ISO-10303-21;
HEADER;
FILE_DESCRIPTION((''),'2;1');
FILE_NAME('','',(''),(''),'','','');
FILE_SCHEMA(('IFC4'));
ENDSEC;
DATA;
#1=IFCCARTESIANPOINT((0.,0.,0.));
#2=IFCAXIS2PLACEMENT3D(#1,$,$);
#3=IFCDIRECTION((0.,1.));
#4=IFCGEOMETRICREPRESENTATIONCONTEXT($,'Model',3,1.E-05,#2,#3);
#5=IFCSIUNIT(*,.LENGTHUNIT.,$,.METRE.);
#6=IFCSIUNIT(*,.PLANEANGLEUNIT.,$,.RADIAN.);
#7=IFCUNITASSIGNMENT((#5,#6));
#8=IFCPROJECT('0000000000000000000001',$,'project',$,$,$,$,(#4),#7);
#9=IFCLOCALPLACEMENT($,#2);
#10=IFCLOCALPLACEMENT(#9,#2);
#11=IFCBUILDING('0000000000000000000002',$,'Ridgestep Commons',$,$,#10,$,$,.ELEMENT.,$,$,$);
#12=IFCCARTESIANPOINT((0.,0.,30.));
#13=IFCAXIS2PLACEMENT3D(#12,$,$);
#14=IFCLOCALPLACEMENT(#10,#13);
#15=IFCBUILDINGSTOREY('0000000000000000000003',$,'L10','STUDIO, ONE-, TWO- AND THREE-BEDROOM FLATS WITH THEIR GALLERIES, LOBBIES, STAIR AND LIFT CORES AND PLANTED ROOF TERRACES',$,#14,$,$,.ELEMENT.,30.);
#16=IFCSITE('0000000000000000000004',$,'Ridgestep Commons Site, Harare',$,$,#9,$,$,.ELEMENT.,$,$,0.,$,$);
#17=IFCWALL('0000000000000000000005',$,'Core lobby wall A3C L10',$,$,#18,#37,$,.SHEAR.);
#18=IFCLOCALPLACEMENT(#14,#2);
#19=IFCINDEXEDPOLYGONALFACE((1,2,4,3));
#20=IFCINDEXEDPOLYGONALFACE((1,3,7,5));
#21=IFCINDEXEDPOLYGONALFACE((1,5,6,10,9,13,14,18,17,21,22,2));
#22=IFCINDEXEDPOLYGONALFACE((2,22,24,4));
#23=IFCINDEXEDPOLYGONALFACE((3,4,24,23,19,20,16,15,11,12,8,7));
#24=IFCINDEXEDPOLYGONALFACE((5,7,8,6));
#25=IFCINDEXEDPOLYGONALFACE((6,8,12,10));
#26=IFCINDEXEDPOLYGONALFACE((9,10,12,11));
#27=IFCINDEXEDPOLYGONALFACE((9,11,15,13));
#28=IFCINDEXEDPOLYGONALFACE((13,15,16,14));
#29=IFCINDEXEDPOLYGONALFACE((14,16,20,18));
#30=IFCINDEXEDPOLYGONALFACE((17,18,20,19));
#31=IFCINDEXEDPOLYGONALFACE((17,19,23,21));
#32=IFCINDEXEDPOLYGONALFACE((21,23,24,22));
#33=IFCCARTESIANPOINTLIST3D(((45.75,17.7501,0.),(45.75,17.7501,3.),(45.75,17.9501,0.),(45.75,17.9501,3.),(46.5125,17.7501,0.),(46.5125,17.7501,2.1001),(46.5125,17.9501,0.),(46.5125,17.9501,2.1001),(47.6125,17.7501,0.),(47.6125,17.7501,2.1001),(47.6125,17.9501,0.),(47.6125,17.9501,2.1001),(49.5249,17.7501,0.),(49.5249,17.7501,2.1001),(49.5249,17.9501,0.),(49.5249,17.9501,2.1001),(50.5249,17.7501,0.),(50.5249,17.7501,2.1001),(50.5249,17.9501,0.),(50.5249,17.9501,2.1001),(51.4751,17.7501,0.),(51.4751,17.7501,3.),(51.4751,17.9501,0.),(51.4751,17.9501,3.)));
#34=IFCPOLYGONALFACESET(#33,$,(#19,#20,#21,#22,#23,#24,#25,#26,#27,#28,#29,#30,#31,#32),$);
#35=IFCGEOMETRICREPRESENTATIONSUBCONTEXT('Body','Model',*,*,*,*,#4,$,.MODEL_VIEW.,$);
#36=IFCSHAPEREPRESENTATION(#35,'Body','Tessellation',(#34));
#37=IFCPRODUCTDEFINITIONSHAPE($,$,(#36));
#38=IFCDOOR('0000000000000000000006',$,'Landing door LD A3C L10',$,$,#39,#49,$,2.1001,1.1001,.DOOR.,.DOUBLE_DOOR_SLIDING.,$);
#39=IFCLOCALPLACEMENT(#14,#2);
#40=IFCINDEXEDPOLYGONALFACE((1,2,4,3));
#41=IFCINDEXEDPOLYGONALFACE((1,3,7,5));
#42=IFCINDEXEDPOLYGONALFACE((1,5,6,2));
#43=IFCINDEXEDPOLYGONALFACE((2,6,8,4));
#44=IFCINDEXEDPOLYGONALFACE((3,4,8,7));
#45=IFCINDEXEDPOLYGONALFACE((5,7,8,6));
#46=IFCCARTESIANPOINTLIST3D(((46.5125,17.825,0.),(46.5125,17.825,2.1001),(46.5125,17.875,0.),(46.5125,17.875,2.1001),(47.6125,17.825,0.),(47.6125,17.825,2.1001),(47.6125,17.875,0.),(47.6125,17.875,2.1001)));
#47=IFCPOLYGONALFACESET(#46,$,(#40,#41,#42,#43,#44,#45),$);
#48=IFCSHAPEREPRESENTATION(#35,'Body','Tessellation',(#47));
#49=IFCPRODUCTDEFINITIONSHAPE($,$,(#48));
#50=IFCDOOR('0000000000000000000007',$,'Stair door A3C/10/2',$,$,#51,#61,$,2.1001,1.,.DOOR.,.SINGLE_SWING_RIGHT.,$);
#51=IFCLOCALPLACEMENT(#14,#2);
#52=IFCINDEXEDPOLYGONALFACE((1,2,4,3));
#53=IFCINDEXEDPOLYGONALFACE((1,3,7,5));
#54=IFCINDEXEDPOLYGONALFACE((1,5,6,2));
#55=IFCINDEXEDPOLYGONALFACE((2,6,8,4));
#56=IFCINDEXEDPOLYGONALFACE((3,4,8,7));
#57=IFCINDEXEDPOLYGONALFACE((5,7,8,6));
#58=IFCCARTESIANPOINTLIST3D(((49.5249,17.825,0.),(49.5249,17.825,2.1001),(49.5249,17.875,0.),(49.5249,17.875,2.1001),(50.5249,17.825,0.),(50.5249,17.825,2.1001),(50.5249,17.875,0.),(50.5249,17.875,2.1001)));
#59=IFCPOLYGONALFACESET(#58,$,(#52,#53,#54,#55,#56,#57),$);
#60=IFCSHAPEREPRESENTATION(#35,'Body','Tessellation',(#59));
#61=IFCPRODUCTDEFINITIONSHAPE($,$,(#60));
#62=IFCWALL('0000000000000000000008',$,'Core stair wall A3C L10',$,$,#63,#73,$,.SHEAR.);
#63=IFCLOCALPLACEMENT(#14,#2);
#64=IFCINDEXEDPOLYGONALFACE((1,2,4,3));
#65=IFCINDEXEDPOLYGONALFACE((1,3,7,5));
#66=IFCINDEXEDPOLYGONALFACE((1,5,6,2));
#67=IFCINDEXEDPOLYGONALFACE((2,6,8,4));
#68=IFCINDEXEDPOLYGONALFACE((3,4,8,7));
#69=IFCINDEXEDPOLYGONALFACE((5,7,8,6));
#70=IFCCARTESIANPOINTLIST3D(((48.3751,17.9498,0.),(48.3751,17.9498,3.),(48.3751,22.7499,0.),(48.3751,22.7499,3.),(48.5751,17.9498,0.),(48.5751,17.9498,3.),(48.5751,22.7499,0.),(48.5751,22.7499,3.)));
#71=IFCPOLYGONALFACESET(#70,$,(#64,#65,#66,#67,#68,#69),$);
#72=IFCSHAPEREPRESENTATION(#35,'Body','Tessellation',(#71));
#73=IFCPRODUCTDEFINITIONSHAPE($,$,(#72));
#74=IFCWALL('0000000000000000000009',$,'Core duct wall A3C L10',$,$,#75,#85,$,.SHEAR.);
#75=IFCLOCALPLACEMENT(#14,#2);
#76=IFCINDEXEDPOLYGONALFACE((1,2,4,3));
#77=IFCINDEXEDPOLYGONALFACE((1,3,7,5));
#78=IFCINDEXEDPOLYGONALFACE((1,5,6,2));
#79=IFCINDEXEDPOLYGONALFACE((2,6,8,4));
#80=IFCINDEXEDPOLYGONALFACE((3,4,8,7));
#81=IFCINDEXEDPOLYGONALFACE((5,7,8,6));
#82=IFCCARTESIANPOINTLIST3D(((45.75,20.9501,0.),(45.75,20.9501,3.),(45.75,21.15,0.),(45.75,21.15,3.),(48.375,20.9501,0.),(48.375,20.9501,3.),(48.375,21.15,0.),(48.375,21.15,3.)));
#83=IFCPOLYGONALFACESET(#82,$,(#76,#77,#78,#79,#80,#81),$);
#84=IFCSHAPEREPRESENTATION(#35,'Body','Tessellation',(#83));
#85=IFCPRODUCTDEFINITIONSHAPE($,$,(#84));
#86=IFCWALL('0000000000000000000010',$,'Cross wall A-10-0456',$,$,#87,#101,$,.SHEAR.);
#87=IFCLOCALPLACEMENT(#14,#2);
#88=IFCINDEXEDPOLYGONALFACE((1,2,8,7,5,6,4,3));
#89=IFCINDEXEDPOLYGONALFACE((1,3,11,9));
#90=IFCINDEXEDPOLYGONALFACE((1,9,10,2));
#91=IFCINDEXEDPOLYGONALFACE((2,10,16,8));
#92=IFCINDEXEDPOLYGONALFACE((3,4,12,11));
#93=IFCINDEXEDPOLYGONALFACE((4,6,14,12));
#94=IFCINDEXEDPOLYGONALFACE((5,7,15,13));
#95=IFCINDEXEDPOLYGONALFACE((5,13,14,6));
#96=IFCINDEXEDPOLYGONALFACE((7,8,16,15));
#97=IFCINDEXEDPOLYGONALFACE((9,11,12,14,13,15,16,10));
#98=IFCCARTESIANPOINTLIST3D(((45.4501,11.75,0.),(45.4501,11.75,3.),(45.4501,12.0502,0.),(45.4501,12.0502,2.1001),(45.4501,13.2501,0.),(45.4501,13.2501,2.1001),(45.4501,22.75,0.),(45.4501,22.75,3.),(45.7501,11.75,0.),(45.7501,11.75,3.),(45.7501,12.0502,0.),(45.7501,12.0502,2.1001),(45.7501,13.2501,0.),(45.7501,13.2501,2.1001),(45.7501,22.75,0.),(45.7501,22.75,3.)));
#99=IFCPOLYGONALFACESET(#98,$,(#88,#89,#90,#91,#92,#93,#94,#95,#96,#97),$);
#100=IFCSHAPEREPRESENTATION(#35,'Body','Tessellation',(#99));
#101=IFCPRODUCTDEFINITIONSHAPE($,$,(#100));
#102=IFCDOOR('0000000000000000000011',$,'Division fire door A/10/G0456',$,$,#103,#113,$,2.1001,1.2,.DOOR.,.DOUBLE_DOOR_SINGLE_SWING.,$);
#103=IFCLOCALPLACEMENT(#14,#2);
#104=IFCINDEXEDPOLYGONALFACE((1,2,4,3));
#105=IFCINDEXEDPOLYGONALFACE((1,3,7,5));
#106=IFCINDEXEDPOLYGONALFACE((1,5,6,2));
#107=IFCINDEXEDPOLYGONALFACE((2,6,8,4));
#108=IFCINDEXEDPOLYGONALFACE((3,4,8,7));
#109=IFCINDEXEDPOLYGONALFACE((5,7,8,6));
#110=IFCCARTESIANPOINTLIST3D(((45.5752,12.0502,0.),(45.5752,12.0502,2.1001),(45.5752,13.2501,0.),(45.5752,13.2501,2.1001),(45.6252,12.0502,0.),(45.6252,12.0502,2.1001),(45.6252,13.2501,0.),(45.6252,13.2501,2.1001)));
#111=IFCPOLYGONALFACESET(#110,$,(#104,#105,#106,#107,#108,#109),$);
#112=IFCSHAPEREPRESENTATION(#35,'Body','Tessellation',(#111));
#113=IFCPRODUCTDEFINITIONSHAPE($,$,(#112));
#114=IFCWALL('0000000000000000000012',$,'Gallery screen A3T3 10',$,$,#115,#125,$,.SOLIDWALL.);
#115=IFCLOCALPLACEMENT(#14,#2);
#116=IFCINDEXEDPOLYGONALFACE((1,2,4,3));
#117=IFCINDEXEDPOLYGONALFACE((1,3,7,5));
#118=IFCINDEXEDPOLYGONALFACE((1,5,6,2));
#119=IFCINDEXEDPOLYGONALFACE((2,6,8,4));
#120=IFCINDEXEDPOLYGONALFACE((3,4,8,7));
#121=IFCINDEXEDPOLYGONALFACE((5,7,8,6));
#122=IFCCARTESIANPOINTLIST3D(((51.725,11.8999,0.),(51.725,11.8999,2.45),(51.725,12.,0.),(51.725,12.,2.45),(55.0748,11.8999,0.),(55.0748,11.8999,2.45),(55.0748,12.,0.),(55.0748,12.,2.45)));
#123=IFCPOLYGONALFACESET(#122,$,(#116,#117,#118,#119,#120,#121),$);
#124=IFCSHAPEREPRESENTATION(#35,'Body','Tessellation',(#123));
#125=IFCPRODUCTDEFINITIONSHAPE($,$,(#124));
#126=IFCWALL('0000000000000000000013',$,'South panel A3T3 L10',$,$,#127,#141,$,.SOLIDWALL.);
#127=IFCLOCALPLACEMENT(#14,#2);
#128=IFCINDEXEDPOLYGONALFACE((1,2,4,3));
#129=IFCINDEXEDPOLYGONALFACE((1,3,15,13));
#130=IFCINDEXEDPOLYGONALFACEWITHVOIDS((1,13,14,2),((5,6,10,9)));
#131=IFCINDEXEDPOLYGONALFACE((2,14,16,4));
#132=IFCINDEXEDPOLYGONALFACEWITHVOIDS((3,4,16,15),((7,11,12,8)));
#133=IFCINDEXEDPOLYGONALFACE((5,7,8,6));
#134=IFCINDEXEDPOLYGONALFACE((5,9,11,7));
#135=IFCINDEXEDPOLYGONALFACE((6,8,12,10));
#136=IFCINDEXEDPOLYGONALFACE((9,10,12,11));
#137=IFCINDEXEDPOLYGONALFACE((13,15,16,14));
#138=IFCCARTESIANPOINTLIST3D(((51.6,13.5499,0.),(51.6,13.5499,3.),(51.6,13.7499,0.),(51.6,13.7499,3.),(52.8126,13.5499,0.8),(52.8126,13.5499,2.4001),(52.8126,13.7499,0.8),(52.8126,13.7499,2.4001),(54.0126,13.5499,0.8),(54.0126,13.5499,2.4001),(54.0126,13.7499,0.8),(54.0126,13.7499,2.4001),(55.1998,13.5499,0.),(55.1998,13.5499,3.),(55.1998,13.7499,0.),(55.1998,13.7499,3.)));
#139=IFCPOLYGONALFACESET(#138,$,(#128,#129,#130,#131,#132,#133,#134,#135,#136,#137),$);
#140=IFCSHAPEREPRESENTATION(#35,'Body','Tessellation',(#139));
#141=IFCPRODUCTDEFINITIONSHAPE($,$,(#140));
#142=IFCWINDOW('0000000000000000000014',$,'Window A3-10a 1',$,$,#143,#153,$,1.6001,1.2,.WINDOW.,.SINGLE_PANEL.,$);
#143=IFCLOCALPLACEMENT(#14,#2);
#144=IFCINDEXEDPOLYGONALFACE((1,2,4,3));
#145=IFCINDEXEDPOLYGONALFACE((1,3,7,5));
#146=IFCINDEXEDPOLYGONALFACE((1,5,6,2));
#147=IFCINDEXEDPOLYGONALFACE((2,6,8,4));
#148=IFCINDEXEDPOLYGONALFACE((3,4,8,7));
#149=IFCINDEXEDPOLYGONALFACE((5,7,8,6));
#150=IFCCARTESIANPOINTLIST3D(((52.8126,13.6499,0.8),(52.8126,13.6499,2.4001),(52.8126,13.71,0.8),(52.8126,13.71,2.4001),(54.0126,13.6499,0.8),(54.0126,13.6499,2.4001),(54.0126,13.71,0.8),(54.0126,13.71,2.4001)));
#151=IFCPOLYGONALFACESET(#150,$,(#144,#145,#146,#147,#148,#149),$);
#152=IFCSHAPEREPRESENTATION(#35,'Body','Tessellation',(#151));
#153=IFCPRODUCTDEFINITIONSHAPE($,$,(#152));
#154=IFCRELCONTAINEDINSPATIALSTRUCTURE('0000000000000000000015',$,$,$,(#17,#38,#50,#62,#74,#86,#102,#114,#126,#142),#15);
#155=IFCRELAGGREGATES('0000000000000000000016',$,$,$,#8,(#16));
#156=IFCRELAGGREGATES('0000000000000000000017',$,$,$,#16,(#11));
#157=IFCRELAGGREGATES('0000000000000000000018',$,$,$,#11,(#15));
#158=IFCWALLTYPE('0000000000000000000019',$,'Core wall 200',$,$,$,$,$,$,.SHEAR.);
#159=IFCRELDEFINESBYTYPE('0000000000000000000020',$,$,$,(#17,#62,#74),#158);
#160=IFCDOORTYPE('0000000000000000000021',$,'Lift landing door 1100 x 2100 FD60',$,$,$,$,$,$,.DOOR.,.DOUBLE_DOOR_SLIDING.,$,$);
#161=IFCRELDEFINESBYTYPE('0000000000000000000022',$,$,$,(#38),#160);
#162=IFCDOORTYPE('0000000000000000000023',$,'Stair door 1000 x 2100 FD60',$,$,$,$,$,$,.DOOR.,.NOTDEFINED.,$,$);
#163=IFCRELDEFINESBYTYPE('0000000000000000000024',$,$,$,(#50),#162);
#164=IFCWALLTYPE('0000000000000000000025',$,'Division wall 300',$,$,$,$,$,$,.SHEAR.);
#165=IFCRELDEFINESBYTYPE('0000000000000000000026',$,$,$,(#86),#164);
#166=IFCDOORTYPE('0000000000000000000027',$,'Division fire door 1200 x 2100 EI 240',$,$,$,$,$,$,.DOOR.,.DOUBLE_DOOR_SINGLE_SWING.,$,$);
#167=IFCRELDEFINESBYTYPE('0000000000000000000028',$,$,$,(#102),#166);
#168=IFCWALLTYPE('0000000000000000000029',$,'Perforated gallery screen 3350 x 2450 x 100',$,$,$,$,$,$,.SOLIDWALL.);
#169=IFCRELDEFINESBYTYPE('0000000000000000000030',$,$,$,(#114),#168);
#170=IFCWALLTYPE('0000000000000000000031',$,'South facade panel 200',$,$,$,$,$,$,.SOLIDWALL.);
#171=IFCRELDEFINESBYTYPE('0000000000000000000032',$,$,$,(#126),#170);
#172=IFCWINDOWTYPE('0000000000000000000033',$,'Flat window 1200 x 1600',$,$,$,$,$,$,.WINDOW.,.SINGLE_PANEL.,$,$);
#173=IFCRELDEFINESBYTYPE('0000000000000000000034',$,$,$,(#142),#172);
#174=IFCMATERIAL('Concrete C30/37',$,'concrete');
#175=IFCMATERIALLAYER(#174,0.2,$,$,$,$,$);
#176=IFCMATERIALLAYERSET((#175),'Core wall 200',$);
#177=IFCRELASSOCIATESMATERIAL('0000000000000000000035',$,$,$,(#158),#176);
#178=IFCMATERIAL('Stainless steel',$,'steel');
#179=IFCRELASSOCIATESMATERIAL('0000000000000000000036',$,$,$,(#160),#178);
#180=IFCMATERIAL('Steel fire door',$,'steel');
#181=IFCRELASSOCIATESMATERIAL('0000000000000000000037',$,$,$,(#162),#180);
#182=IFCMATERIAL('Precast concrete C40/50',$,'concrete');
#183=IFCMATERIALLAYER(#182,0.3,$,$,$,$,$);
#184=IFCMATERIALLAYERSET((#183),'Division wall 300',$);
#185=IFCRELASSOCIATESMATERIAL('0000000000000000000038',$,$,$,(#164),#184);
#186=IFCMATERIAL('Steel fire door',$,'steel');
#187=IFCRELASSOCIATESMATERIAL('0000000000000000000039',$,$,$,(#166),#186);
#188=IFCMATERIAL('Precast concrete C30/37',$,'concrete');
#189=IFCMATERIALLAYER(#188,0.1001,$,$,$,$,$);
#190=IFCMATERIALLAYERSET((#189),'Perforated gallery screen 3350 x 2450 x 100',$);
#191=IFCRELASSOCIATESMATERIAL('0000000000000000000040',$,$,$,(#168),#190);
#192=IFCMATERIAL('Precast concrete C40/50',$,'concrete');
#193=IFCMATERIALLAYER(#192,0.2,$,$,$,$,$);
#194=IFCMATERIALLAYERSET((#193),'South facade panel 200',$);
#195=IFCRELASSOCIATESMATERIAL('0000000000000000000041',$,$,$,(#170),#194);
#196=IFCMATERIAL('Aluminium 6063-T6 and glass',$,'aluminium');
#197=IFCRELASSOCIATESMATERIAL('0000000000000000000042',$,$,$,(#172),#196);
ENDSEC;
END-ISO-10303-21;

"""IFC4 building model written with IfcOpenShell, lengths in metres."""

from ifc_helpers import new_model, si_unit, direction, frame, frame_2d, origin, place, context, subcontext, project, spatial, rectangle, extrude, material, layer, layer_set, type_object, element, fill, save


model = new_model("IFC4")

# Units and contexts
model_context = context("Model", 3, precision=1e-05, world=origin(), true_north=direction((0.0, 1.0)))
body_context = subcontext(model_context, "Body", "Model", "MODEL_VIEW")
ifc_project = project(units=[si_unit("LENGTHUNIT", "METRE"), si_unit("PLANEANGLEUNIT", "RADIAN")], contexts=[model_context])

# Site, building, storey
site_placement = place(None, origin())
site = spatial("IfcSite", under=ifc_project, at=site_placement, Name="Ridgestep Commons Site, Harare", CompositionType="ELEMENT", RefElevation=0.0)
building_placement = place(site_placement, origin())
building = spatial("IfcBuilding", under=site, at=building_placement, Name="Ridgestep Commons", CompositionType="ELEMENT")
storey_placement = place(building_placement, frame((0.0, 0.0, 30.0)))
storey = spatial("IfcBuildingStorey", under=building, at=storey_placement, Name="L10", Description="STUDIO, ONE-, TWO- AND THREE-BEDROOM FLATS WITH THEIR GALLERIES, LOBBIES, STAIR AND LIFT CORES AND PLANTED ROOF TERRACES", CompositionType="ELEMENT", Elevation=30.0)

# Wall, openings, doors
ifc_material_1 = material(Name="Concrete C30/37", Category="concrete")
ifc_layer_1 = layer(ifc_material_1, 0.2)
ifc_layer_set_1 = layer_set([ifc_layer_1], Name="Core wall 200")
wall_type_1 = type_object("IfcWallType", Name="Core wall 200", PredefinedType="SHEAR", material=ifc_layer_set_1)
wall_1_placement = place(storey_placement, frame((45.75, 17.8501, 0.0), z_axis=(0.0, 0.0, 1.0), x_axis=(1.0, 0.0, 0.0)))
wall_1 = element("IfcWall", 1, at=wall_1_placement, inside=storey, type_object=wall_type_1, Name="Core lobby wall A3C L10", PredefinedType="SHEAR", context=body_context, shape_type="SweptSolid", body=[
    extrude(rectangle(XDim=5.7251, YDim=0.2, at=frame_2d((2.8625, 0.0))), origin(), (0.0, 0.0, 1.0), 3.0),
])
opening_1_placement = place(wall_1_placement, frame((3.7749, 0.0, 0.0)))
opening_1 = element("IfcOpeningElement", 2, at=opening_1_placement, cuts=wall_1, PredefinedType="OPENING", context=body_context, shape_type="SweptSolid", body=[
    extrude(rectangle(XDim=1.0, YDim=2.1001, at=frame_2d((0.5, 1.05))), frame((0.0, 0.1099, 0.0), z_axis=(0.0, -1.0, 0.0), x_axis=(1.0, 0.0, 0.0)), (0.0, 0.0, 1.0), 0.22),
])
opening_2_placement = place(wall_1_placement, frame((0.7625, 0.0, 0.0)))
opening_2 = element("IfcOpeningElement", 3, at=opening_2_placement, cuts=wall_1, PredefinedType="OPENING", context=body_context, shape_type="SweptSolid", body=[
    extrude(rectangle(XDim=1.1001, YDim=2.1001, at=frame_2d((0.55, 1.05))), frame((0.0, 0.1099, 0.0), z_axis=(0.0, -1.0, 0.0), x_axis=(1.0, 0.0, 0.0)), (0.0, 0.0, 1.0), 0.22),
])
ifc_material_2 = material(Name="Stainless steel", Category="steel")
door_type_1 = type_object("IfcDoorType", Name="Lift landing door 1100 x 2100 FD60", OperationType="DOUBLE_DOOR_SLIDING", PredefinedType="DOOR", material=ifc_material_2)
door_1_placement = place(opening_2_placement, origin())
door_1 = element("IfcDoor", 4, at=door_1_placement, inside=storey, type_object=door_type_1, Name="Landing door LD A3C L10", OperationType="DOUBLE_DOOR_SLIDING", OverallHeight=2.1001, OverallWidth=1.1001, PredefinedType="DOOR", context=body_context, shape_type="SweptSolid", body=[
    extrude(rectangle(XDim=1.1001, YDim=2.1001, at=frame_2d((0.55, 1.05))), frame((0.0, 0.0249, 0.0), z_axis=(0.0, -1.0, 0.0), x_axis=(1.0, 0.0, 0.0)), (0.0, 0.0, 1.0), 0.05),
])
fill(opening_2, door_1)
ifc_material_3 = material(Name="Steel fire door", Category="steel")
door_type_2 = type_object("IfcDoorType", Name="Stair door 1000 x 2100 FD60", OperationType="NOTDEFINED", PredefinedType="DOOR", material=ifc_material_3)
door_2_placement = place(opening_1_placement, origin())
door_2 = element("IfcDoor", 5, at=door_2_placement, inside=storey, type_object=door_type_2, Name="Stair door A3C/10/2", OperationType="SINGLE_SWING_RIGHT", OverallHeight=2.1001, OverallWidth=1.0, PredefinedType="DOOR", context=body_context, shape_type="SweptSolid", body=[
    extrude(rectangle(XDim=1.0, YDim=2.1001, at=frame_2d((0.5, 1.05))), frame((0.0, 0.0249, 0.0), z_axis=(0.0, -1.0, 0.0), x_axis=(1.0, 0.0, 0.0)), (0.0, 0.0, 1.0), 0.05),
])
fill(opening_1, door_2)

# Walls
wall_2_placement = place(storey_placement, frame((48.4751, 17.95, 0.0), z_axis=(0.0, 0.0, 1.0), x_axis=(0.0, 1.0, 0.0)))
element("IfcWall", 6, at=wall_2_placement, inside=storey, type_object=wall_type_1, Name="Core stair wall A3C L10", PredefinedType="SHEAR", context=body_context, shape_type="SweptSolid", body=[
    extrude(rectangle(XDim=4.8, YDim=0.2, at=frame_2d((2.3999, 0.0))), origin(), (0.0, 0.0, 1.0), 3.0),
])
wall_3_placement = place(storey_placement, frame((45.75, 21.05, 0.0), z_axis=(0.0, 0.0, 1.0), x_axis=(1.0, 0.0, 0.0)))
element("IfcWall", 7, at=wall_3_placement, inside=storey, type_object=wall_type_1, Name="Core duct wall A3C L10", PredefinedType="SHEAR", context=body_context, shape_type="SweptSolid", body=[
    extrude(rectangle(XDim=2.625, YDim=0.2, at=frame_2d((1.3125, 0.0))), origin(), (0.0, 0.0, 1.0), 3.0),
])

# Wall, opening, door
ifc_material_4 = material(Name="Precast concrete C40/50", Category="concrete")
ifc_layer_2 = layer(ifc_material_4, 0.3)
ifc_layer_set_2 = layer_set([ifc_layer_2], Name="Division wall 300")
wall_type_2 = type_object("IfcWallType", Name="Division wall 300", PredefinedType="SHEAR", material=ifc_layer_set_2)
wall_4_placement = place(storey_placement, frame((45.6001, 11.75, 0.0), z_axis=(0.0, 0.0, 1.0), x_axis=(0.0, 1.0, 0.0)))
wall_4 = element("IfcWall", 8, at=wall_4_placement, inside=storey, type_object=wall_type_2, Name="Cross wall A-10-0456", PredefinedType="SHEAR", context=body_context, shape_type="SweptSolid", body=[
    extrude(rectangle(XDim=11.0, YDim=0.3, at=frame_2d((5.5, 0.0))), origin(), (0.0, 0.0, 1.0), 3.0),
])
opening_3_placement = place(wall_4_placement, frame((0.3, 0.0, 0.0)))
opening_3 = element("IfcOpeningElement", 9, at=opening_3_placement, cuts=wall_4, PredefinedType="OPENING", context=body_context, shape_type="SweptSolid", body=[
    extrude(rectangle(XDim=1.2, YDim=2.1001, at=frame_2d((0.6001, 1.05))), frame((0.0, 0.1599, 0.0), z_axis=(0.0, -1.0, 0.0), x_axis=(1.0, 0.0, 0.0)), (0.0, 0.0, 1.0), 0.3201),
])
ifc_material_5 = material(Name="Steel fire door", Category="steel")
door_type_3 = type_object("IfcDoorType", Name="Division fire door 1200 x 2100 EI 240", OperationType="DOUBLE_DOOR_SINGLE_SWING", PredefinedType="DOOR", material=ifc_material_5)
door_3_placement = place(opening_3_placement, origin())
door_3 = element("IfcDoor", 10, at=door_3_placement, inside=storey, type_object=door_type_3, Name="Division fire door A/10/G0456", OperationType="DOUBLE_DOOR_SINGLE_SWING", OverallHeight=2.1001, OverallWidth=1.2, PredefinedType="DOOR", context=body_context, shape_type="SweptSolid", body=[
    extrude(rectangle(XDim=1.2, YDim=2.1001, at=frame_2d((0.6001, 1.05))), frame((0.0, 0.0249, 0.0), z_axis=(0.0, -1.0, 0.0), x_axis=(1.0, 0.0, 0.0)), (0.0, 0.0, 1.0), 0.05),
])
fill(opening_3, door_3)

# Wall
ifc_material_6 = material(Name="Precast concrete C30/37", Category="concrete")
ifc_layer_3 = layer(ifc_material_6, 0.1001)
ifc_layer_set_3 = layer_set([ifc_layer_3], Name="Perforated gallery screen 3350 x 2450 x 100")
wall_type_3 = type_object("IfcWallType", Name="Perforated gallery screen 3350 x 2450 x 100", PredefinedType="SOLIDWALL", material=ifc_layer_set_3)
wall_5_placement = place(storey_placement, frame((51.7251, 11.95, 0.0), z_axis=(0.0, 0.0, 1.0), x_axis=(1.0, 0.0, 0.0)))
element("IfcWall", 11, at=wall_5_placement, inside=storey, type_object=wall_type_3, Name="Gallery screen A3T3 10", PredefinedType="SOLIDWALL", context=body_context, shape_type="SweptSolid", body=[
    extrude(rectangle(XDim=3.3499, YDim=0.1001, at=frame_2d((1.6748, 0.0))), origin(), (0.0, 0.0, 1.0), 2.45),
])

# Wall, opening, window
ifc_material_7 = material(Name="Precast concrete C40/50", Category="concrete")
ifc_layer_4 = layer(ifc_material_7, 0.2)
ifc_layer_set_4 = layer_set([ifc_layer_4], Name="South facade panel 200")
wall_type_4 = type_object("IfcWallType", Name="South facade panel 200", PredefinedType="SOLIDWALL", material=ifc_layer_set_4)
wall_6_placement = place(storey_placement, frame((51.6001, 13.6499, 0.0), z_axis=(0.0, 0.0, 1.0), x_axis=(1.0, 0.0, 0.0)))
wall_6 = element("IfcWall", 12, at=wall_6_placement, inside=storey, type_object=wall_type_4, Name="South panel A3T3 L10", PredefinedType="SOLIDWALL", context=body_context, shape_type="SweptSolid", body=[
    extrude(rectangle(XDim=3.5999, YDim=0.2, at=frame_2d((1.7998, 0.0))), origin(), (0.0, 0.0, 1.0), 3.0),
])
opening_4_placement = place(wall_6_placement, frame((1.2124, 0.0, 0.8)))
opening_4 = element("IfcOpeningElement", 13, at=opening_4_placement, cuts=wall_6, PredefinedType="OPENING", context=body_context, shape_type="SweptSolid", body=[
    extrude(rectangle(XDim=1.2, YDim=1.6001, at=frame_2d((0.6001, 0.8))), frame((0.0, 0.1099, 0.0), z_axis=(0.0, -1.0, 0.0), x_axis=(1.0, 0.0, 0.0)), (0.0, 0.0, 1.0), 0.22),
])
ifc_material_8 = material(Name="Aluminium 6063-T6 and glass", Category="aluminium")
window_type = type_object("IfcWindowType", Name="Flat window 1200 x 1600", PartitioningType="SINGLE_PANEL", PredefinedType="WINDOW", material=ifc_material_8)
window_placement = place(opening_4_placement, origin())
window = element("IfcWindow", 14, at=window_placement, inside=storey, type_object=window_type, Name="Window A3-10a 1", OverallHeight=1.6001, OverallWidth=1.2, PartitioningType="SINGLE_PANEL", PredefinedType="WINDOW", context=body_context, shape_type="SweptSolid", body=[
    extrude(rectangle(XDim=1.2, YDim=1.6001, at=frame_2d((0.6001, 0.8))), frame((0.0, 0.0601, 0.0), z_axis=(0.0, -1.0, 0.0), x_axis=(1.0, 0.0, 0.0)), (0.0, 0.0, 1.0), 0.0601),
])
fill(opening_4, window)

save(model, "model.ifc")
